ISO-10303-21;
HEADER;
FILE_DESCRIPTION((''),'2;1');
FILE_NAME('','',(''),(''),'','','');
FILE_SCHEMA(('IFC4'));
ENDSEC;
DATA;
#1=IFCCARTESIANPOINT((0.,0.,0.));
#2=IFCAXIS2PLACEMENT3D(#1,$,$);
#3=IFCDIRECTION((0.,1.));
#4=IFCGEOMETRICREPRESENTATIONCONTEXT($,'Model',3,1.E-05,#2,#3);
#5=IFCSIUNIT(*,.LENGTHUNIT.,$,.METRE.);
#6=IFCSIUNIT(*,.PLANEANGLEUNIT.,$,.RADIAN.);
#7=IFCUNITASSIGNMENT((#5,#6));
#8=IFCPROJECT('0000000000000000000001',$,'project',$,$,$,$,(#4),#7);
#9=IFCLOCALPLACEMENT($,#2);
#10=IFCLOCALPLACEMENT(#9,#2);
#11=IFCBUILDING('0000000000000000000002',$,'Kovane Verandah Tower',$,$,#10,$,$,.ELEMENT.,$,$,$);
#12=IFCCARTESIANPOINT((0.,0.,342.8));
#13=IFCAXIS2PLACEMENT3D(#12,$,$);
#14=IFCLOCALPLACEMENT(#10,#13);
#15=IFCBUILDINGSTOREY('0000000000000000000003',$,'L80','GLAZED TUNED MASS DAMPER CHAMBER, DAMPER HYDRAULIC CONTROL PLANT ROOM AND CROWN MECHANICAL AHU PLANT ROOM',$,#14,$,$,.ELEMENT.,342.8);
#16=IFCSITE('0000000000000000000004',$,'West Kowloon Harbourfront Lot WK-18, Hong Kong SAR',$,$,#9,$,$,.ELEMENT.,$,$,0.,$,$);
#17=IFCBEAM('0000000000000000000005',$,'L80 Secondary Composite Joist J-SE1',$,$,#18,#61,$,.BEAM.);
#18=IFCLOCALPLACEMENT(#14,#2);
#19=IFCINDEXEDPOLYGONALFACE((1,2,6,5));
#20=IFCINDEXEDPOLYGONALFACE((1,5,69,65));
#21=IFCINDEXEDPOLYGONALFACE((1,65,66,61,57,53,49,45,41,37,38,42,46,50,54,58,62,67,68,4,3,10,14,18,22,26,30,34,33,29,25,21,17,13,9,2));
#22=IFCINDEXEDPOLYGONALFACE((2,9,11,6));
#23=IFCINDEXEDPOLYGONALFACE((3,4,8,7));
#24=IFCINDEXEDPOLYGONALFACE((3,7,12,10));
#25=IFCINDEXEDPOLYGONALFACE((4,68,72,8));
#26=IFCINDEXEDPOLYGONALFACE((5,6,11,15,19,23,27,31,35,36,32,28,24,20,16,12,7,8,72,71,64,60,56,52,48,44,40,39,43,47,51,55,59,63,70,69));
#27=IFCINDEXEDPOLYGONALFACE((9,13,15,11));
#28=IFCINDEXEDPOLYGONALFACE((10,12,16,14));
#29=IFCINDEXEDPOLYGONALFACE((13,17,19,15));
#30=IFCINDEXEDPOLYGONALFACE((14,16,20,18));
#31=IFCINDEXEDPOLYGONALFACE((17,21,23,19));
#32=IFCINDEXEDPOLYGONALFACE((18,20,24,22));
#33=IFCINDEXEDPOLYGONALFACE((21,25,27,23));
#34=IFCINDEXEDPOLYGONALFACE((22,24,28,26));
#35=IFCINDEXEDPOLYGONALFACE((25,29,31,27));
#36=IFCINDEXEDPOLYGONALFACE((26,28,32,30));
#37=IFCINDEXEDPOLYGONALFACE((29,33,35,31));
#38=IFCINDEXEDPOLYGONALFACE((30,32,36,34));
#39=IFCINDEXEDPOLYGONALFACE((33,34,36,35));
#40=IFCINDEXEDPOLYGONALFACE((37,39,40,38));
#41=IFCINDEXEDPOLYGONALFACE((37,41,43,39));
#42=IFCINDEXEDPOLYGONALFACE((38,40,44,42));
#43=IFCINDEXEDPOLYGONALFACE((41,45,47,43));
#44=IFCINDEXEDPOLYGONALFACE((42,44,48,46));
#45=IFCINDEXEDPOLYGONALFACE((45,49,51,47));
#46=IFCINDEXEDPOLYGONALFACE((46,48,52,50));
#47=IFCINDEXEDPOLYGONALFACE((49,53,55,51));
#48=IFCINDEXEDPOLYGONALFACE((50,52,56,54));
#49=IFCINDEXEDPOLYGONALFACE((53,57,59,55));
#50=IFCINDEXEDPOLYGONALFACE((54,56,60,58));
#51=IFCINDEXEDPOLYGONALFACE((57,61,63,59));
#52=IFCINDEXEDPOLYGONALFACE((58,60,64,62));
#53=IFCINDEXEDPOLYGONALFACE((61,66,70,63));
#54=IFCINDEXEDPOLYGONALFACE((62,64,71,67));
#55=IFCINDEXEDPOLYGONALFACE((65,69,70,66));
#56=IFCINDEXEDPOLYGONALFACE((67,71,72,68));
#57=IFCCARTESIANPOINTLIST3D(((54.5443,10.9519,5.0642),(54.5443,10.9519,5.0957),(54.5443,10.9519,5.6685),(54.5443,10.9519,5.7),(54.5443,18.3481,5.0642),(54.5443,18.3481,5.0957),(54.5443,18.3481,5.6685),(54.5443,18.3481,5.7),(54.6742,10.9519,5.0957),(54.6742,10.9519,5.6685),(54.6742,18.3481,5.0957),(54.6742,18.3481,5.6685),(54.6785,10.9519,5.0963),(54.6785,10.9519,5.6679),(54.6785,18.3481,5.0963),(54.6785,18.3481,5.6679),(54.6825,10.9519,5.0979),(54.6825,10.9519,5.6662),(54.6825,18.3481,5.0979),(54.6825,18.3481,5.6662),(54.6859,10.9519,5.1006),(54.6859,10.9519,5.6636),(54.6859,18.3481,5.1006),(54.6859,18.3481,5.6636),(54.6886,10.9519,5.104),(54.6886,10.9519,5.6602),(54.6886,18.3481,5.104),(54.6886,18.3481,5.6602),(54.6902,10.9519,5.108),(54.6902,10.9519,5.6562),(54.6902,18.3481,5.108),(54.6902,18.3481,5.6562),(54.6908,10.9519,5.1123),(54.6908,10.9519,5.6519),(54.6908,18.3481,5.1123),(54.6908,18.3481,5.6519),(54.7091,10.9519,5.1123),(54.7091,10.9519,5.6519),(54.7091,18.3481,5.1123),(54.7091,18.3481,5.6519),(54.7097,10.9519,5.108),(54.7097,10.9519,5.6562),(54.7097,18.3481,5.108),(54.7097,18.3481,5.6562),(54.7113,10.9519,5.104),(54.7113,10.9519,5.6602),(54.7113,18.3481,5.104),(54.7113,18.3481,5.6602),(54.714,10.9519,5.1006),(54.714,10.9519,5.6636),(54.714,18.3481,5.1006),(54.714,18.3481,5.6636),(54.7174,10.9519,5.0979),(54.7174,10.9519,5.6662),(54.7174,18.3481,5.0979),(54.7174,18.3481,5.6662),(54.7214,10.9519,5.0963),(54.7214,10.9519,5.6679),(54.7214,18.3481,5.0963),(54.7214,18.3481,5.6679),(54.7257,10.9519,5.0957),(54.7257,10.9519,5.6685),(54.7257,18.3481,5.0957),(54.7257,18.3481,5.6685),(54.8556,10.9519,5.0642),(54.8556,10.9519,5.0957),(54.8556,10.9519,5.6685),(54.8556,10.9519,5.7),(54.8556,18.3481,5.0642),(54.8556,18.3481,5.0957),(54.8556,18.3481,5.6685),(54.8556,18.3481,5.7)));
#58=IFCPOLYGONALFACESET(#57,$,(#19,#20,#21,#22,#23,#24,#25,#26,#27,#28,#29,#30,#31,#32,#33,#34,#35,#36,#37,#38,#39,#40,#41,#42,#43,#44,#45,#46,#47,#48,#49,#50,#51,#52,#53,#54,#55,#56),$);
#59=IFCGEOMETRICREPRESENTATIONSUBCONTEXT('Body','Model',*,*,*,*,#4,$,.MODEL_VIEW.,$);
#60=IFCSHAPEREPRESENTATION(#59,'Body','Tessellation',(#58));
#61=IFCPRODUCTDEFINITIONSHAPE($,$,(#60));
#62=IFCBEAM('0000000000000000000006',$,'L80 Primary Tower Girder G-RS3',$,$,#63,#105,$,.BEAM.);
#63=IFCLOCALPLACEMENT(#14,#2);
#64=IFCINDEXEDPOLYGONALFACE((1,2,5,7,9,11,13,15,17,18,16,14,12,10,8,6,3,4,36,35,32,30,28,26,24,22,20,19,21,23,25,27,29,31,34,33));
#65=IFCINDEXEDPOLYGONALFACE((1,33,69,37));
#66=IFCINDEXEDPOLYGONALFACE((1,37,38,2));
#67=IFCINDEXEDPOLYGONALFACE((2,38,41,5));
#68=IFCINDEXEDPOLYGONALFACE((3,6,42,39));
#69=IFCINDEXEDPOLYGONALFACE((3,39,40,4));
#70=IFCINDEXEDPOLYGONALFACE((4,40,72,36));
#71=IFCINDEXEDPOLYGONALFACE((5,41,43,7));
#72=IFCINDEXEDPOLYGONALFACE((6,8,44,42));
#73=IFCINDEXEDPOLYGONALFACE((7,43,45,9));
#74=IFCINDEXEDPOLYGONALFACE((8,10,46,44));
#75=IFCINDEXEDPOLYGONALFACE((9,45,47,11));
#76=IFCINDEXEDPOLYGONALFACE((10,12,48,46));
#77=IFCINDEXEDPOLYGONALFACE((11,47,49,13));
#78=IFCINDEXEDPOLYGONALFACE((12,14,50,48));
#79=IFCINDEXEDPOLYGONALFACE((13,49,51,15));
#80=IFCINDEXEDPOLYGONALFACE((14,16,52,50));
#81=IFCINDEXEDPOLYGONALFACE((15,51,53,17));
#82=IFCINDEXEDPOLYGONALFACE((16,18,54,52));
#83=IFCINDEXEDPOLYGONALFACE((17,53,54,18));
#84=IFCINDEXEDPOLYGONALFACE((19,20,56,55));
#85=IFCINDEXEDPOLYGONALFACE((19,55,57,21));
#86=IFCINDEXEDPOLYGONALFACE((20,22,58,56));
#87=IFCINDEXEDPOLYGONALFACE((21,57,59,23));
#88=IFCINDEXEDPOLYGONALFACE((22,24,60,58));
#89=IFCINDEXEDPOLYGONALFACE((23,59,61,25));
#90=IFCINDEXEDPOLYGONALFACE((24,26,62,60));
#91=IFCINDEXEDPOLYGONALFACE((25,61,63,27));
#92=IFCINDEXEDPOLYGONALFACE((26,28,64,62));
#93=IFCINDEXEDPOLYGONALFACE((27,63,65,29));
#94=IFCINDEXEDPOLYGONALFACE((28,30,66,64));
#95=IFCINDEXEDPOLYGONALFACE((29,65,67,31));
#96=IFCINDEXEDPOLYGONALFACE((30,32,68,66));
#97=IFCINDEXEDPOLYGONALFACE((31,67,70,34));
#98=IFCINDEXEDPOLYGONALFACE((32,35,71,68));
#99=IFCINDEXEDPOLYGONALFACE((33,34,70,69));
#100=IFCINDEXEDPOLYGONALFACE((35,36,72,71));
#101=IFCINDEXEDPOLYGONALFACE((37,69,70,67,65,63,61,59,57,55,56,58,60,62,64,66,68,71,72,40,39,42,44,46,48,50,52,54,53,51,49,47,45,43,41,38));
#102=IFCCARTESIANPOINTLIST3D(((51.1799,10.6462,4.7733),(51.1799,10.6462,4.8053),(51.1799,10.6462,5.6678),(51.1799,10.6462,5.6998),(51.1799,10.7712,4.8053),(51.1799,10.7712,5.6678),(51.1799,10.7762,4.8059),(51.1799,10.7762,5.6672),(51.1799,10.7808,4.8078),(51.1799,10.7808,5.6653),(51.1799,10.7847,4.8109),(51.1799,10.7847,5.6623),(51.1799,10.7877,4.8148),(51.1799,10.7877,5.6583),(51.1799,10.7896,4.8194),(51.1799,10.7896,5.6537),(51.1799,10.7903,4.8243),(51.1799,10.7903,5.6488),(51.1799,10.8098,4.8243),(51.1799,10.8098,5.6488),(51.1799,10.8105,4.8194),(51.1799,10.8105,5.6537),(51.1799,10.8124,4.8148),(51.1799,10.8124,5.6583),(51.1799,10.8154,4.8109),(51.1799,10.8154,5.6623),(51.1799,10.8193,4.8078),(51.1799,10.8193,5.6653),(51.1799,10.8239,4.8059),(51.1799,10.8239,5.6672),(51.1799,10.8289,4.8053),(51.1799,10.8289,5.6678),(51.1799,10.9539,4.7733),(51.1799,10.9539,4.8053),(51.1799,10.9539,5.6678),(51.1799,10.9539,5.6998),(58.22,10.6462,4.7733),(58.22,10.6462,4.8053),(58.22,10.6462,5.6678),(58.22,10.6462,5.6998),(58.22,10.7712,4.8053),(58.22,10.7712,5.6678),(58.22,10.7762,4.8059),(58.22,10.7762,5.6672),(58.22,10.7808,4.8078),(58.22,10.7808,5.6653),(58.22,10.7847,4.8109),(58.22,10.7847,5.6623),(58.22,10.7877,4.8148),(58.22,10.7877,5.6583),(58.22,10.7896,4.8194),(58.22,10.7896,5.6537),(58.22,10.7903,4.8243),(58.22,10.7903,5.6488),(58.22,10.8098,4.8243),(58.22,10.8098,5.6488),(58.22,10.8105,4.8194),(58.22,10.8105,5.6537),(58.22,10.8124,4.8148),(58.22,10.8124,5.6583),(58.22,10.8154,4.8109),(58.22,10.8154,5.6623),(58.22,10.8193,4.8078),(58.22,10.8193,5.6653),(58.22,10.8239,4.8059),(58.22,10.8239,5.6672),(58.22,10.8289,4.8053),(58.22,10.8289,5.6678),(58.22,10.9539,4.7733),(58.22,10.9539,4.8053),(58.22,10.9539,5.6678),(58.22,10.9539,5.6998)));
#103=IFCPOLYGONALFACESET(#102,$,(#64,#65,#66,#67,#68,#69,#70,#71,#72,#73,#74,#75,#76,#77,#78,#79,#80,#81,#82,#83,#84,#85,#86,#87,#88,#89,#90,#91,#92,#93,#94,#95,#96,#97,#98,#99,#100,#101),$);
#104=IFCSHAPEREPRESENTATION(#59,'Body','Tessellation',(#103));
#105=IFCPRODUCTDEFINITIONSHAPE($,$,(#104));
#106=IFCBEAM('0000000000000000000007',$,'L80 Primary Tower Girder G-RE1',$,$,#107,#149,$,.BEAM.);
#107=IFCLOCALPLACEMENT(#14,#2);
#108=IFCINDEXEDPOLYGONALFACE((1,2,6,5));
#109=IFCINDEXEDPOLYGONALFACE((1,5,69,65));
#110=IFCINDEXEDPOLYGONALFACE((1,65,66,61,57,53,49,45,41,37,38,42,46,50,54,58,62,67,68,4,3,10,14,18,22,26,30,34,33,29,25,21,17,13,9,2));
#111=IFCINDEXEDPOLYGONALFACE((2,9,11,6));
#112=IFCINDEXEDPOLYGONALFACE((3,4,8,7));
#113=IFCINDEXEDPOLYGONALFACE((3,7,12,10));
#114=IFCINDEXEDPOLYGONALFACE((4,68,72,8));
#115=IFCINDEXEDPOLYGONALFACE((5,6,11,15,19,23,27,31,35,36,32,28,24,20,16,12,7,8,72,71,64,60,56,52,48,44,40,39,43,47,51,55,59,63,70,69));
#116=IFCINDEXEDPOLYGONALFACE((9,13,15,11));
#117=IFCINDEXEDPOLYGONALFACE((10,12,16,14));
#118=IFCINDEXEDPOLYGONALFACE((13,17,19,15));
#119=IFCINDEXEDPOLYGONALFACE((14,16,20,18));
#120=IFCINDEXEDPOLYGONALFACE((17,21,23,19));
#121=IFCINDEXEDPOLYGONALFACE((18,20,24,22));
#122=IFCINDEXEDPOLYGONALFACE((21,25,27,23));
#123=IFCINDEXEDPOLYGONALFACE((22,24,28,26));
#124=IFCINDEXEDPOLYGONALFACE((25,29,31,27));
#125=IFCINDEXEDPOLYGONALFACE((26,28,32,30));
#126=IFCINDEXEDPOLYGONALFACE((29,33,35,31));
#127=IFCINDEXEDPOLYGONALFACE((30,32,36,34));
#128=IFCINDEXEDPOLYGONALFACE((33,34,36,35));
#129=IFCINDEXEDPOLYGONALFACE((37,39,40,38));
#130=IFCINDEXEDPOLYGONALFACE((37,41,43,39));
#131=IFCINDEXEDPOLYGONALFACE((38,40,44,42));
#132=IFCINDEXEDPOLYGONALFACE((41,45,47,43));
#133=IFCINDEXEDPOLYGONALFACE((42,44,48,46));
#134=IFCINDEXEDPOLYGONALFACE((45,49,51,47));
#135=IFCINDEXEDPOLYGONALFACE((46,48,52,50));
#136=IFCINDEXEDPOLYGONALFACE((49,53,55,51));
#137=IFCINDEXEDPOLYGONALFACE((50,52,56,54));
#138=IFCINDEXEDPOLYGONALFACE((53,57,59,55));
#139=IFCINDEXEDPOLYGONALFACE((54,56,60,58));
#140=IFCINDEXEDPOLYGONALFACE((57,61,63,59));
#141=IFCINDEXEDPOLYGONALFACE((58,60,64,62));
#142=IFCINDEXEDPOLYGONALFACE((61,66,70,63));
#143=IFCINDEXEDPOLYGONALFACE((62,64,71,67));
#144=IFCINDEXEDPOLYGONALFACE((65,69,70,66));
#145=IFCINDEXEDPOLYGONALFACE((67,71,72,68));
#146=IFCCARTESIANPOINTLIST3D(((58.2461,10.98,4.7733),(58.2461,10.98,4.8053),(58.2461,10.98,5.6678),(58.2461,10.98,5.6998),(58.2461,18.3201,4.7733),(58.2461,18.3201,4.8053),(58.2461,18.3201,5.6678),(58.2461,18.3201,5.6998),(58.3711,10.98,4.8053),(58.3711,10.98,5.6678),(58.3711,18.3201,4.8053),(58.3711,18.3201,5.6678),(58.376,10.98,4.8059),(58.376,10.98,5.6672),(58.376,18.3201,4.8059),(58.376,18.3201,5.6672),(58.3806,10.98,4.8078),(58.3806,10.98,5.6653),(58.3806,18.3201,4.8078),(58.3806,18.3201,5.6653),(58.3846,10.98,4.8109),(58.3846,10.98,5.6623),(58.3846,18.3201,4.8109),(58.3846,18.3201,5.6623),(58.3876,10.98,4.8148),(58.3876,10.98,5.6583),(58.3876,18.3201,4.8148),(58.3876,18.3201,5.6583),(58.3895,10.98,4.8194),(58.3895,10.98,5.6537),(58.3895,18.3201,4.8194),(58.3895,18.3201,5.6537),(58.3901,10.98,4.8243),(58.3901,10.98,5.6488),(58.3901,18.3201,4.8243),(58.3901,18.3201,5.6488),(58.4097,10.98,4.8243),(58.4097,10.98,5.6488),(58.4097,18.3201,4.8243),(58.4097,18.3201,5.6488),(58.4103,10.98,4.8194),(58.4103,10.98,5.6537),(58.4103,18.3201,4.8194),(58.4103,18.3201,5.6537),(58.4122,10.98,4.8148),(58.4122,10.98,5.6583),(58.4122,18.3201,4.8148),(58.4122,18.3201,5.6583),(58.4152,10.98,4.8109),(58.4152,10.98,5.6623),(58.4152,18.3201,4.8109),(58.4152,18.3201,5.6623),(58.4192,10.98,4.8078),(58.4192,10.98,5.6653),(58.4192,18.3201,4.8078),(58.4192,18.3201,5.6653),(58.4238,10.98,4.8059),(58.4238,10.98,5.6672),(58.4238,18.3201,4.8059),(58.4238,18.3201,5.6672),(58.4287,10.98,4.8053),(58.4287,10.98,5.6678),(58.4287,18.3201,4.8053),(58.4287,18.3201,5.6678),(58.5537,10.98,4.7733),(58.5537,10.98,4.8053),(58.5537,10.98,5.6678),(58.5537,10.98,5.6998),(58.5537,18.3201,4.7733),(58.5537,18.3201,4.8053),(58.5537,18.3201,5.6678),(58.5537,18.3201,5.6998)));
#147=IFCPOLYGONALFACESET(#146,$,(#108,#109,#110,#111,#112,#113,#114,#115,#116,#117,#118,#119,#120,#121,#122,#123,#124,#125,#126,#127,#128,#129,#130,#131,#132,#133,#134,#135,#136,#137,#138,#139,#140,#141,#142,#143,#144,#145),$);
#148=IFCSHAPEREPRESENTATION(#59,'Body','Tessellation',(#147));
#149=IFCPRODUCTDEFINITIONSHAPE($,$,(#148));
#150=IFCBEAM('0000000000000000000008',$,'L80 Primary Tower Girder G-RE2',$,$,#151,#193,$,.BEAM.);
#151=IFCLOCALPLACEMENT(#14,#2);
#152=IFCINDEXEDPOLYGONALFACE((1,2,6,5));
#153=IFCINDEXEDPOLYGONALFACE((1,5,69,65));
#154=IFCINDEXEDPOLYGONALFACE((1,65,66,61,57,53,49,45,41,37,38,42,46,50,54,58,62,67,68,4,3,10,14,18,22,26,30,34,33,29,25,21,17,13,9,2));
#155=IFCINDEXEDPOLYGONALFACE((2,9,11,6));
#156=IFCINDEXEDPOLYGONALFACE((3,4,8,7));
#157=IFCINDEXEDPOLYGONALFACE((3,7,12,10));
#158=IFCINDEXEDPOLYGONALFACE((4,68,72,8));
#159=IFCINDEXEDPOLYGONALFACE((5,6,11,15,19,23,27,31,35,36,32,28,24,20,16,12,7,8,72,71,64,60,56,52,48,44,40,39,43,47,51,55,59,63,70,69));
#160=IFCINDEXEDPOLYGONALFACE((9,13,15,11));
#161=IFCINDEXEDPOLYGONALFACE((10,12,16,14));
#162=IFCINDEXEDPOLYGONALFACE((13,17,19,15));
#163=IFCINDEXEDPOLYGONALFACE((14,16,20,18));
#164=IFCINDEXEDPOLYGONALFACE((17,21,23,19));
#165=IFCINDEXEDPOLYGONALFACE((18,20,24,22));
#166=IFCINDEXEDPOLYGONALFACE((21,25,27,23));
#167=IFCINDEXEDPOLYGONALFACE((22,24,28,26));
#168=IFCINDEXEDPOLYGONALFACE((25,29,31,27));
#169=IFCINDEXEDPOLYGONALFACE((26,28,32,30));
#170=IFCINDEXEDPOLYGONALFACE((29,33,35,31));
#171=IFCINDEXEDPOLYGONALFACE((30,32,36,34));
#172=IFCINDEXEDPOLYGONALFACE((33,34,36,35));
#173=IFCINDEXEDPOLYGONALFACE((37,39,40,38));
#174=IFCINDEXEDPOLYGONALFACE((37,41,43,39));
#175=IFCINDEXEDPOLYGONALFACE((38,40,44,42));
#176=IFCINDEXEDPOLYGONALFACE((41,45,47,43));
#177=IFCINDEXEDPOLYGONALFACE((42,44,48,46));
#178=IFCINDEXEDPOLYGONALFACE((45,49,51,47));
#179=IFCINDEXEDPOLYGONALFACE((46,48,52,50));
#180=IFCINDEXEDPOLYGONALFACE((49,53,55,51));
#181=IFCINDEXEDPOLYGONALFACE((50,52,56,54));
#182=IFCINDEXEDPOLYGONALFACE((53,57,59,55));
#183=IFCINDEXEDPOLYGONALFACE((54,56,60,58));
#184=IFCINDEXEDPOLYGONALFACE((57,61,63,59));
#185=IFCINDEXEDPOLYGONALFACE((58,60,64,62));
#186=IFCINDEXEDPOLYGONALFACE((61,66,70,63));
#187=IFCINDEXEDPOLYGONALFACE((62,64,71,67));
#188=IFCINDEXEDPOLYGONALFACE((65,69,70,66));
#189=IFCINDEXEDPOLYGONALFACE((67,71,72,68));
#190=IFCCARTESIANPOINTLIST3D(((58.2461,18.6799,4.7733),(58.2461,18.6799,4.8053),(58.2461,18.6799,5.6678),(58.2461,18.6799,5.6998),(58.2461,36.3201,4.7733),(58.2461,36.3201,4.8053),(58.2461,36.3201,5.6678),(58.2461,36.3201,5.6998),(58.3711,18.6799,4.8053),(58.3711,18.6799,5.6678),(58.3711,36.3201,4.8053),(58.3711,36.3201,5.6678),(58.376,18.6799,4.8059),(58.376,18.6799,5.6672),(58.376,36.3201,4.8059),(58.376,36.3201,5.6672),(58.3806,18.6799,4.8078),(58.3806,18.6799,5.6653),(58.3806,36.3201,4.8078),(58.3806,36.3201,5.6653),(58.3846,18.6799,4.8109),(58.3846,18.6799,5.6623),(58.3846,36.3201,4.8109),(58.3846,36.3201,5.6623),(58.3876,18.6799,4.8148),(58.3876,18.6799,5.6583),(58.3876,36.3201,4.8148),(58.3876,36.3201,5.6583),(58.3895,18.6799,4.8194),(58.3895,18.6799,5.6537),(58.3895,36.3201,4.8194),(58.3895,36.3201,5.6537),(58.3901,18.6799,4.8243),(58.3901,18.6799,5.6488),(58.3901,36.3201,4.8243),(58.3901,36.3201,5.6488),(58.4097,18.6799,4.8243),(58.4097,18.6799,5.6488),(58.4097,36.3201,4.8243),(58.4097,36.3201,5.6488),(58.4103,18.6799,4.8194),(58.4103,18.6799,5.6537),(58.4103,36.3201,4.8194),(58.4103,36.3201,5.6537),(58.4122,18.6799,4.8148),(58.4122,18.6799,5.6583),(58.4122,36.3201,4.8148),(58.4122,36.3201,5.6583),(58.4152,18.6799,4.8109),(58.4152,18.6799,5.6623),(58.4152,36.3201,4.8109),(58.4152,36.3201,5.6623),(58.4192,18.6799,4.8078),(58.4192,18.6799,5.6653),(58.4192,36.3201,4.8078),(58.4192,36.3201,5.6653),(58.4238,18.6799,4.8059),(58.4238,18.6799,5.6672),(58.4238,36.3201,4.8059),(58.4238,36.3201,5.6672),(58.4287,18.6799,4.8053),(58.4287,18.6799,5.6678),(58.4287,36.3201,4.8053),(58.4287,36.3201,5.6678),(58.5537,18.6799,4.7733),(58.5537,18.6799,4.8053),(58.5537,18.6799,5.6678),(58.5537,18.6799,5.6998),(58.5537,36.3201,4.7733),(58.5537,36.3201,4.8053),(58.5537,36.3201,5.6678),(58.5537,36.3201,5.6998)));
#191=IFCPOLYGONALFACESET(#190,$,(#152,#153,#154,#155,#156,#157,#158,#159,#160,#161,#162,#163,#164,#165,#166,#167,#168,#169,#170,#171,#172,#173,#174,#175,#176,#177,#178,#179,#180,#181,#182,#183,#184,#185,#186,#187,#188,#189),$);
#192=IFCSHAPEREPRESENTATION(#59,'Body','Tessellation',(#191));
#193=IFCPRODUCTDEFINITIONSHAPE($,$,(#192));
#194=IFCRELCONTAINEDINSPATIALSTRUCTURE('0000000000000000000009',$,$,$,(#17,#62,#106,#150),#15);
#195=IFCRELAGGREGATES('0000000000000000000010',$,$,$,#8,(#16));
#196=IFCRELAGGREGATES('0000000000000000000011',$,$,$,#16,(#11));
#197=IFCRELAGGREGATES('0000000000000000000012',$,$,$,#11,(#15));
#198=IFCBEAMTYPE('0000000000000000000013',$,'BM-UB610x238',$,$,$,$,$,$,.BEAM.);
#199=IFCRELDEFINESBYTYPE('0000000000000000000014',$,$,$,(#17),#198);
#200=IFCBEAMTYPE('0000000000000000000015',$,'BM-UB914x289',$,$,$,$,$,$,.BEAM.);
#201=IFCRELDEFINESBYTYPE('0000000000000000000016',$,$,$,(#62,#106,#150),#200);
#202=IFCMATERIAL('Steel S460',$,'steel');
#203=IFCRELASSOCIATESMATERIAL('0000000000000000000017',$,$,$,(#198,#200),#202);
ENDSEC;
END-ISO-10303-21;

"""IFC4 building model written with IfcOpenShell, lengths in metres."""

from ifc_helpers import new_model, si_unit, direction, frame, origin, origin_2d, place, context, subcontext, project, spatial, i_section, extrude, material, material_profile, profile_set, type_object, element, save


model = new_model("IFC4")

# Units and contexts
model_context = context("Model", 3, precision=1e-05, world=origin(), true_north=direction((0.0, 1.0)))
body_context = subcontext(model_context, "Body", "Model", "MODEL_VIEW")
ifc_project = project(units=[si_unit("LENGTHUNIT", "METRE"), si_unit("PLANEANGLEUNIT", "RADIAN")], contexts=[model_context])

# Site, building, storey
site_placement = place(None, origin())
site = spatial("IfcSite", under=ifc_project, at=site_placement, Name="West Kowloon Harbourfront Lot WK-18, Hong Kong SAR", CompositionType="ELEMENT", RefElevation=0.0)
building_placement = place(site_placement, origin())
building = spatial("IfcBuilding", under=site, at=building_placement, Name="Kovane Verandah Tower", CompositionType="ELEMENT")
storey_placement = place(building_placement, frame((0.0, 0.0, 342.8)))
storey = spatial("IfcBuildingStorey", under=building, at=storey_placement, Name="L80", Description="GLAZED TUNED MASS DAMPER CHAMBER, DAMPER HYDRAULIC CONTROL PLANT ROOM AND CROWN MECHANICAL AHU PLANT ROOM", CompositionType="ELEMENT", Elevation=342.8)

# Shared definitions
ifc_material_1 = material(Name="Steel S460", Category="steel")

# Beams
ifc_material_profile_1 = material_profile(ifc_material_1, i_section(OverallWidth=0.3113, OverallDepth=0.6357, WebThickness=0.0183, FlangeThickness=0.0315, FilletRadius=0.0166, at=origin_2d()), Name="UB610x305x238")
ifc_profile_set_1 = profile_set([ifc_material_profile_1], Name="Steel S460")
beam_type_1 = type_object("IfcBeamType", Name="BM-UB610x238", PredefinedType="BEAM", material=ifc_profile_set_1)
beam_1_placement = place(storey_placement, frame((54.7, 10.9519, 5.3821), z_axis=(0.0, 1.0, 0.0), x_axis=(-1.0, 0.0, 0.0)))
element("IfcBeam", 1, at=beam_1_placement, inside=storey, type_object=beam_type_1, Name="L80 Secondary Composite Joist J-SE1", PredefinedType="BEAM", context=body_context, shape_type="SweptSolid", body=[
    extrude(i_section(OverallWidth=0.3113, OverallDepth=0.6357, WebThickness=0.0183, FlangeThickness=0.0315, FilletRadius=0.0166, at=origin_2d()), origin(), (0.0, 0.0, 1.0), 7.3962),
])
ifc_material_profile_2 = material_profile(ifc_material_1, i_section(OverallWidth=0.3076, OverallDepth=0.9265, WebThickness=0.0195, FlangeThickness=0.032, FilletRadius=0.019, at=origin_2d()), Name="UB914x305x289")
ifc_profile_set_2 = profile_set([ifc_material_profile_2], Name="Steel S460")
beam_type_2 = type_object("IfcBeamType", Name="BM-UB914x289", PredefinedType="BEAM", material=ifc_profile_set_2)
beam_2_placement = place(storey_placement, frame((51.1799, 10.8, 5.2366), z_axis=(1.0, 0.0, 0.0), x_axis=(0.0, 1.0, 0.0)))
element("IfcBeam", 2, at=beam_2_placement, inside=storey, type_object=beam_type_2, Name="L80 Primary Tower Girder G-RS3", PredefinedType="BEAM", context=body_context, shape_type="SweptSolid", body=[
    extrude(i_section(OverallWidth=0.3076, OverallDepth=0.9265, WebThickness=0.0195, FlangeThickness=0.032, FilletRadius=0.019, at=origin_2d()), origin(), (0.0, 0.0, 1.0), 7.04),
])
beam_3_placement = place(storey_placement, frame((58.3999, 10.98, 5.2366), z_axis=(0.0, 1.0, 0.0), x_axis=(-1.0, 0.0, 0.0)))
element("IfcBeam", 3, at=beam_3_placement, inside=storey, type_object=beam_type_2, Name="L80 Primary Tower Girder G-RE1", PredefinedType="BEAM", context=body_context, shape_type="SweptSolid", body=[
    extrude(i_section(OverallWidth=0.3076, OverallDepth=0.9265, WebThickness=0.0195, FlangeThickness=0.032, FilletRadius=0.019, at=origin_2d()), origin(), (0.0, 0.0, 1.0), 7.3401),
])
beam_4_placement = place(storey_placement, frame((58.3999, 18.6799, 5.2366), z_axis=(0.0, 1.0, 0.0), x_axis=(-1.0, 0.0, 0.0)))
element("IfcBeam", 4, at=beam_4_placement, inside=storey, type_object=beam_type_2, Name="L80 Primary Tower Girder G-RE2", PredefinedType="BEAM", context=body_context, shape_type="SweptSolid", body=[
    extrude(i_section(OverallWidth=0.3076, OverallDepth=0.9265, WebThickness=0.0195, FlangeThickness=0.032, FilletRadius=0.019, at=origin_2d()), origin(), (0.0, 0.0, 1.0), 17.6401),
])

save(model, "model.ifc")
